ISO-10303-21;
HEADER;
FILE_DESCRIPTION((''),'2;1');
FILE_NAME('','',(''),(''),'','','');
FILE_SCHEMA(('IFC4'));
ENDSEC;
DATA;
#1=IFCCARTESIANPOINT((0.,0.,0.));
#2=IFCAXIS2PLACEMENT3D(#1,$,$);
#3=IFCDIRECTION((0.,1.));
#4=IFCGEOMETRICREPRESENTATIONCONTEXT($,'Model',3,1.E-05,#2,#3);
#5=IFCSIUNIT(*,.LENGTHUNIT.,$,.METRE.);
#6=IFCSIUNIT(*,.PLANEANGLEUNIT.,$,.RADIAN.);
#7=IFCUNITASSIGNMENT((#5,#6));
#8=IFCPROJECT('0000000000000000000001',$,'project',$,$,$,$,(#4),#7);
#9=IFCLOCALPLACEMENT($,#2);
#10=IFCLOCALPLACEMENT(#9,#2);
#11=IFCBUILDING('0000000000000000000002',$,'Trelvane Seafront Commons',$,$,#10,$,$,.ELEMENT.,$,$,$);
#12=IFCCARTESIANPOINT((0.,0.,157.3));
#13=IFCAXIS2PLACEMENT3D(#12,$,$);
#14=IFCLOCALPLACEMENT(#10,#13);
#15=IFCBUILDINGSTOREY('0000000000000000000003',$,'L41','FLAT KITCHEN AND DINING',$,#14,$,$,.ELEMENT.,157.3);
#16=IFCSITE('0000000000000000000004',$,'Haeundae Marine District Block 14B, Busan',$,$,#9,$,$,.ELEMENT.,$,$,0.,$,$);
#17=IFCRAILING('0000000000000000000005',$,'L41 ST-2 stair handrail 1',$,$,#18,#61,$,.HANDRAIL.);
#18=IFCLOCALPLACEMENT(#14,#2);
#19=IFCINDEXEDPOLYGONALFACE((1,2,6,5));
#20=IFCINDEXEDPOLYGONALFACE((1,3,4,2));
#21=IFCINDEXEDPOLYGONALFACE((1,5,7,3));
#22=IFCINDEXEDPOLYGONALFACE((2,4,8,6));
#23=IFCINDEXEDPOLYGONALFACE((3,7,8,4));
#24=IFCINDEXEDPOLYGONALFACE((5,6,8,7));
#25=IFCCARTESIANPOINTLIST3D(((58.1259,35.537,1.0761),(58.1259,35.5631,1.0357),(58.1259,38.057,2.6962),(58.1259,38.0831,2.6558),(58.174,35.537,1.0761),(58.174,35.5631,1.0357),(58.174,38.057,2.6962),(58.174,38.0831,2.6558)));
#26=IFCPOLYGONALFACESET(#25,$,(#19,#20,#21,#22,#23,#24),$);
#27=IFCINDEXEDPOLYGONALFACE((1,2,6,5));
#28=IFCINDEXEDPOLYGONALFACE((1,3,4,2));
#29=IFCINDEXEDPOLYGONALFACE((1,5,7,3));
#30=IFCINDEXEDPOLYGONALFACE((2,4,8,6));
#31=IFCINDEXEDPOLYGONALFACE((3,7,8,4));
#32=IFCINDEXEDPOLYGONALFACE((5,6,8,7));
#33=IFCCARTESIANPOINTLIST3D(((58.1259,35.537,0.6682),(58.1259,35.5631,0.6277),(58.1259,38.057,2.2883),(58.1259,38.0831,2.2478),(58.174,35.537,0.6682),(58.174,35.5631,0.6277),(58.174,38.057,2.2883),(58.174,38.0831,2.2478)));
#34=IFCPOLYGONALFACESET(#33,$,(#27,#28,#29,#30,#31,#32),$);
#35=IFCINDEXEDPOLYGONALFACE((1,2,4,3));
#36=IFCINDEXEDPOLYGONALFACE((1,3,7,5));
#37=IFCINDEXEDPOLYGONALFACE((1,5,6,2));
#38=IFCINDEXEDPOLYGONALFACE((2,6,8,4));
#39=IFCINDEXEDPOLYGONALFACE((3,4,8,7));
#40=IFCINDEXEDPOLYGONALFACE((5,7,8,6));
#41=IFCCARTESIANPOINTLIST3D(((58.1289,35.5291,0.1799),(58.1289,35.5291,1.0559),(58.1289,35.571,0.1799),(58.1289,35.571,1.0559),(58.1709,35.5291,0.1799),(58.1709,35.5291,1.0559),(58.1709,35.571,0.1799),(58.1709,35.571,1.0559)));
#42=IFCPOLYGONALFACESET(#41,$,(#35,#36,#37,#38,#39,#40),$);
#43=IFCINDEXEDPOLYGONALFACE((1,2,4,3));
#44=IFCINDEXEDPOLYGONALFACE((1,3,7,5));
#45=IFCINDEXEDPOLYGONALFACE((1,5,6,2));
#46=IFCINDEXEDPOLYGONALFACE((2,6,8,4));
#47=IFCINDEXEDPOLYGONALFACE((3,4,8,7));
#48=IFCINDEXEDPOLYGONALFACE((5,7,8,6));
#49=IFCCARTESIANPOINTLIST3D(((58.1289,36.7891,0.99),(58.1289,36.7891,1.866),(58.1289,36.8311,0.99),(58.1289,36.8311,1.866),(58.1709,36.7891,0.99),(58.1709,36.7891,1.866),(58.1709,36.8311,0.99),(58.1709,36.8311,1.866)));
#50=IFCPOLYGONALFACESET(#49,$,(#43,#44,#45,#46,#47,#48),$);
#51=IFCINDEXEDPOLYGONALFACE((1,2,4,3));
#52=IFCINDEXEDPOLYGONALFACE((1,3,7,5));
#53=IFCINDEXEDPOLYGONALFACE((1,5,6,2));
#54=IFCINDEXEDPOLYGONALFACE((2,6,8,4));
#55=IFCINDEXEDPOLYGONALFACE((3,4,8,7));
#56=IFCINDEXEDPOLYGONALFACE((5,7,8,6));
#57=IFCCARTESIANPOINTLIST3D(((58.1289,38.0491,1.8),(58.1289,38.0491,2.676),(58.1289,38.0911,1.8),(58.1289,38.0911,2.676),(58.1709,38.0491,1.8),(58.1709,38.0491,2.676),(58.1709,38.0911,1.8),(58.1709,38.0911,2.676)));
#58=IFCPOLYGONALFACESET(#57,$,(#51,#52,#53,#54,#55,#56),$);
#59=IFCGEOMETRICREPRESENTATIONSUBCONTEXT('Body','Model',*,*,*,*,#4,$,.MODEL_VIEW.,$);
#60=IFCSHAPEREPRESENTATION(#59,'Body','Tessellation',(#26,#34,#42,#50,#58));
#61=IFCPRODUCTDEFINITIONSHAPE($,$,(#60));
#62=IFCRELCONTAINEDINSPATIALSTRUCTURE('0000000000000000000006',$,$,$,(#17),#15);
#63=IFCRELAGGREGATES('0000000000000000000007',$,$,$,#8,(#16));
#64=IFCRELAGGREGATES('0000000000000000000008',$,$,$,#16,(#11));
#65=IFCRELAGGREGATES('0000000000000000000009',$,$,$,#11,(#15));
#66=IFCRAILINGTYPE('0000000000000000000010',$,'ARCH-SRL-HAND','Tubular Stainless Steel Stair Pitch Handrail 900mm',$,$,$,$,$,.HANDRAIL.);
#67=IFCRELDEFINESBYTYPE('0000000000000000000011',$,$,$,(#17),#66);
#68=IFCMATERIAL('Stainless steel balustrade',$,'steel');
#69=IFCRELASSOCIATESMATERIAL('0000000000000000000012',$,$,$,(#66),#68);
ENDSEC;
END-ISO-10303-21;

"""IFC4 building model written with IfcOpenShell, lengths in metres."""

from ifc_helpers import new_model, si_unit, direction, frame, origin, origin_2d, place, context, subcontext, project, spatial, rectangle, extrude, material, type_object, element, save


model = new_model("IFC4")

# Units and contexts
model_context = context("Model", 3, precision=1e-05, world=origin(), true_north=direction((0.0, 1.0)))
body_context = subcontext(model_context, "Body", "Model", "MODEL_VIEW")
ifc_project = project(units=[si_unit("LENGTHUNIT", "METRE"), si_unit("PLANEANGLEUNIT", "RADIAN")], contexts=[model_context])

# Site, building, storey
site_placement = place(None, origin())
site = spatial("IfcSite", under=ifc_project, at=site_placement, Name="Haeundae Marine District Block 14B, Busan", CompositionType="ELEMENT", RefElevation=0.0)
building_placement = place(site_placement, origin())
building = spatial("IfcBuilding", under=site, at=building_placement, Name="Trelvane Seafront Commons", CompositionType="ELEMENT")
storey_placement = place(building_placement, frame((0.0, 0.0, 157.3)))
storey = spatial("IfcBuildingStorey", under=building, at=storey_placement, Name="L41", Description="FLAT KITCHEN AND DINING", CompositionType="ELEMENT", Elevation=157.3)

# Railing
ifc_material_1 = material(Name="Stainless steel balustrade", Category="steel")
railing_type_1 = type_object("IfcRailingType", Name="ARCH-SRL-HAND", Description="Tubular Stainless Steel Stair Pitch Handrail 900mm", PredefinedType="HANDRAIL", material=ifc_material_1)
railing_1_placement = place(storey_placement, frame((58.1499, 35.55, 0.1799)))
element("IfcRailing", 1, at=railing_1_placement, inside=storey, type_object=railing_type_1, Name="L41 ST-2 stair handrail 1", PredefinedType="HANDRAIL", context=body_context, shape_type="SweptSolid", body=[
    extrude(rectangle(XDim=0.0481, YDim=0.0481, at=origin_2d()), frame((0.0, 0.0, 0.876), z_axis=(0.0, 0.841163, 0.540782), x_axis=(-1.0, 0.0, 0.0)), (0.0, 0.0, 1.0), 2.9958),
    extrude(rectangle(XDim=0.0481, YDim=0.0481, at=origin_2d()), frame((0.0, 0.0, 0.468), z_axis=(0.0, 0.841163, 0.540782), x_axis=(-1.0, 0.0, 0.0)), (0.0, 0.0, 1.0), 2.9958),
    extrude(rectangle(XDim=0.042, YDim=0.042, at=origin_2d()), origin(), (0.0, 0.0, 1.0), 0.876),
    extrude(rectangle(XDim=0.042, YDim=0.042, at=origin_2d()), frame((0.0, 1.26, 0.8101)), (0.0, 0.0, 1.0), 0.876),
    extrude(rectangle(XDim=0.042, YDim=0.042, at=origin_2d()), frame((0.0, 2.52, 1.6201)), (0.0, 0.0, 1.0), 0.876),
])

save(model, "model.ifc")
